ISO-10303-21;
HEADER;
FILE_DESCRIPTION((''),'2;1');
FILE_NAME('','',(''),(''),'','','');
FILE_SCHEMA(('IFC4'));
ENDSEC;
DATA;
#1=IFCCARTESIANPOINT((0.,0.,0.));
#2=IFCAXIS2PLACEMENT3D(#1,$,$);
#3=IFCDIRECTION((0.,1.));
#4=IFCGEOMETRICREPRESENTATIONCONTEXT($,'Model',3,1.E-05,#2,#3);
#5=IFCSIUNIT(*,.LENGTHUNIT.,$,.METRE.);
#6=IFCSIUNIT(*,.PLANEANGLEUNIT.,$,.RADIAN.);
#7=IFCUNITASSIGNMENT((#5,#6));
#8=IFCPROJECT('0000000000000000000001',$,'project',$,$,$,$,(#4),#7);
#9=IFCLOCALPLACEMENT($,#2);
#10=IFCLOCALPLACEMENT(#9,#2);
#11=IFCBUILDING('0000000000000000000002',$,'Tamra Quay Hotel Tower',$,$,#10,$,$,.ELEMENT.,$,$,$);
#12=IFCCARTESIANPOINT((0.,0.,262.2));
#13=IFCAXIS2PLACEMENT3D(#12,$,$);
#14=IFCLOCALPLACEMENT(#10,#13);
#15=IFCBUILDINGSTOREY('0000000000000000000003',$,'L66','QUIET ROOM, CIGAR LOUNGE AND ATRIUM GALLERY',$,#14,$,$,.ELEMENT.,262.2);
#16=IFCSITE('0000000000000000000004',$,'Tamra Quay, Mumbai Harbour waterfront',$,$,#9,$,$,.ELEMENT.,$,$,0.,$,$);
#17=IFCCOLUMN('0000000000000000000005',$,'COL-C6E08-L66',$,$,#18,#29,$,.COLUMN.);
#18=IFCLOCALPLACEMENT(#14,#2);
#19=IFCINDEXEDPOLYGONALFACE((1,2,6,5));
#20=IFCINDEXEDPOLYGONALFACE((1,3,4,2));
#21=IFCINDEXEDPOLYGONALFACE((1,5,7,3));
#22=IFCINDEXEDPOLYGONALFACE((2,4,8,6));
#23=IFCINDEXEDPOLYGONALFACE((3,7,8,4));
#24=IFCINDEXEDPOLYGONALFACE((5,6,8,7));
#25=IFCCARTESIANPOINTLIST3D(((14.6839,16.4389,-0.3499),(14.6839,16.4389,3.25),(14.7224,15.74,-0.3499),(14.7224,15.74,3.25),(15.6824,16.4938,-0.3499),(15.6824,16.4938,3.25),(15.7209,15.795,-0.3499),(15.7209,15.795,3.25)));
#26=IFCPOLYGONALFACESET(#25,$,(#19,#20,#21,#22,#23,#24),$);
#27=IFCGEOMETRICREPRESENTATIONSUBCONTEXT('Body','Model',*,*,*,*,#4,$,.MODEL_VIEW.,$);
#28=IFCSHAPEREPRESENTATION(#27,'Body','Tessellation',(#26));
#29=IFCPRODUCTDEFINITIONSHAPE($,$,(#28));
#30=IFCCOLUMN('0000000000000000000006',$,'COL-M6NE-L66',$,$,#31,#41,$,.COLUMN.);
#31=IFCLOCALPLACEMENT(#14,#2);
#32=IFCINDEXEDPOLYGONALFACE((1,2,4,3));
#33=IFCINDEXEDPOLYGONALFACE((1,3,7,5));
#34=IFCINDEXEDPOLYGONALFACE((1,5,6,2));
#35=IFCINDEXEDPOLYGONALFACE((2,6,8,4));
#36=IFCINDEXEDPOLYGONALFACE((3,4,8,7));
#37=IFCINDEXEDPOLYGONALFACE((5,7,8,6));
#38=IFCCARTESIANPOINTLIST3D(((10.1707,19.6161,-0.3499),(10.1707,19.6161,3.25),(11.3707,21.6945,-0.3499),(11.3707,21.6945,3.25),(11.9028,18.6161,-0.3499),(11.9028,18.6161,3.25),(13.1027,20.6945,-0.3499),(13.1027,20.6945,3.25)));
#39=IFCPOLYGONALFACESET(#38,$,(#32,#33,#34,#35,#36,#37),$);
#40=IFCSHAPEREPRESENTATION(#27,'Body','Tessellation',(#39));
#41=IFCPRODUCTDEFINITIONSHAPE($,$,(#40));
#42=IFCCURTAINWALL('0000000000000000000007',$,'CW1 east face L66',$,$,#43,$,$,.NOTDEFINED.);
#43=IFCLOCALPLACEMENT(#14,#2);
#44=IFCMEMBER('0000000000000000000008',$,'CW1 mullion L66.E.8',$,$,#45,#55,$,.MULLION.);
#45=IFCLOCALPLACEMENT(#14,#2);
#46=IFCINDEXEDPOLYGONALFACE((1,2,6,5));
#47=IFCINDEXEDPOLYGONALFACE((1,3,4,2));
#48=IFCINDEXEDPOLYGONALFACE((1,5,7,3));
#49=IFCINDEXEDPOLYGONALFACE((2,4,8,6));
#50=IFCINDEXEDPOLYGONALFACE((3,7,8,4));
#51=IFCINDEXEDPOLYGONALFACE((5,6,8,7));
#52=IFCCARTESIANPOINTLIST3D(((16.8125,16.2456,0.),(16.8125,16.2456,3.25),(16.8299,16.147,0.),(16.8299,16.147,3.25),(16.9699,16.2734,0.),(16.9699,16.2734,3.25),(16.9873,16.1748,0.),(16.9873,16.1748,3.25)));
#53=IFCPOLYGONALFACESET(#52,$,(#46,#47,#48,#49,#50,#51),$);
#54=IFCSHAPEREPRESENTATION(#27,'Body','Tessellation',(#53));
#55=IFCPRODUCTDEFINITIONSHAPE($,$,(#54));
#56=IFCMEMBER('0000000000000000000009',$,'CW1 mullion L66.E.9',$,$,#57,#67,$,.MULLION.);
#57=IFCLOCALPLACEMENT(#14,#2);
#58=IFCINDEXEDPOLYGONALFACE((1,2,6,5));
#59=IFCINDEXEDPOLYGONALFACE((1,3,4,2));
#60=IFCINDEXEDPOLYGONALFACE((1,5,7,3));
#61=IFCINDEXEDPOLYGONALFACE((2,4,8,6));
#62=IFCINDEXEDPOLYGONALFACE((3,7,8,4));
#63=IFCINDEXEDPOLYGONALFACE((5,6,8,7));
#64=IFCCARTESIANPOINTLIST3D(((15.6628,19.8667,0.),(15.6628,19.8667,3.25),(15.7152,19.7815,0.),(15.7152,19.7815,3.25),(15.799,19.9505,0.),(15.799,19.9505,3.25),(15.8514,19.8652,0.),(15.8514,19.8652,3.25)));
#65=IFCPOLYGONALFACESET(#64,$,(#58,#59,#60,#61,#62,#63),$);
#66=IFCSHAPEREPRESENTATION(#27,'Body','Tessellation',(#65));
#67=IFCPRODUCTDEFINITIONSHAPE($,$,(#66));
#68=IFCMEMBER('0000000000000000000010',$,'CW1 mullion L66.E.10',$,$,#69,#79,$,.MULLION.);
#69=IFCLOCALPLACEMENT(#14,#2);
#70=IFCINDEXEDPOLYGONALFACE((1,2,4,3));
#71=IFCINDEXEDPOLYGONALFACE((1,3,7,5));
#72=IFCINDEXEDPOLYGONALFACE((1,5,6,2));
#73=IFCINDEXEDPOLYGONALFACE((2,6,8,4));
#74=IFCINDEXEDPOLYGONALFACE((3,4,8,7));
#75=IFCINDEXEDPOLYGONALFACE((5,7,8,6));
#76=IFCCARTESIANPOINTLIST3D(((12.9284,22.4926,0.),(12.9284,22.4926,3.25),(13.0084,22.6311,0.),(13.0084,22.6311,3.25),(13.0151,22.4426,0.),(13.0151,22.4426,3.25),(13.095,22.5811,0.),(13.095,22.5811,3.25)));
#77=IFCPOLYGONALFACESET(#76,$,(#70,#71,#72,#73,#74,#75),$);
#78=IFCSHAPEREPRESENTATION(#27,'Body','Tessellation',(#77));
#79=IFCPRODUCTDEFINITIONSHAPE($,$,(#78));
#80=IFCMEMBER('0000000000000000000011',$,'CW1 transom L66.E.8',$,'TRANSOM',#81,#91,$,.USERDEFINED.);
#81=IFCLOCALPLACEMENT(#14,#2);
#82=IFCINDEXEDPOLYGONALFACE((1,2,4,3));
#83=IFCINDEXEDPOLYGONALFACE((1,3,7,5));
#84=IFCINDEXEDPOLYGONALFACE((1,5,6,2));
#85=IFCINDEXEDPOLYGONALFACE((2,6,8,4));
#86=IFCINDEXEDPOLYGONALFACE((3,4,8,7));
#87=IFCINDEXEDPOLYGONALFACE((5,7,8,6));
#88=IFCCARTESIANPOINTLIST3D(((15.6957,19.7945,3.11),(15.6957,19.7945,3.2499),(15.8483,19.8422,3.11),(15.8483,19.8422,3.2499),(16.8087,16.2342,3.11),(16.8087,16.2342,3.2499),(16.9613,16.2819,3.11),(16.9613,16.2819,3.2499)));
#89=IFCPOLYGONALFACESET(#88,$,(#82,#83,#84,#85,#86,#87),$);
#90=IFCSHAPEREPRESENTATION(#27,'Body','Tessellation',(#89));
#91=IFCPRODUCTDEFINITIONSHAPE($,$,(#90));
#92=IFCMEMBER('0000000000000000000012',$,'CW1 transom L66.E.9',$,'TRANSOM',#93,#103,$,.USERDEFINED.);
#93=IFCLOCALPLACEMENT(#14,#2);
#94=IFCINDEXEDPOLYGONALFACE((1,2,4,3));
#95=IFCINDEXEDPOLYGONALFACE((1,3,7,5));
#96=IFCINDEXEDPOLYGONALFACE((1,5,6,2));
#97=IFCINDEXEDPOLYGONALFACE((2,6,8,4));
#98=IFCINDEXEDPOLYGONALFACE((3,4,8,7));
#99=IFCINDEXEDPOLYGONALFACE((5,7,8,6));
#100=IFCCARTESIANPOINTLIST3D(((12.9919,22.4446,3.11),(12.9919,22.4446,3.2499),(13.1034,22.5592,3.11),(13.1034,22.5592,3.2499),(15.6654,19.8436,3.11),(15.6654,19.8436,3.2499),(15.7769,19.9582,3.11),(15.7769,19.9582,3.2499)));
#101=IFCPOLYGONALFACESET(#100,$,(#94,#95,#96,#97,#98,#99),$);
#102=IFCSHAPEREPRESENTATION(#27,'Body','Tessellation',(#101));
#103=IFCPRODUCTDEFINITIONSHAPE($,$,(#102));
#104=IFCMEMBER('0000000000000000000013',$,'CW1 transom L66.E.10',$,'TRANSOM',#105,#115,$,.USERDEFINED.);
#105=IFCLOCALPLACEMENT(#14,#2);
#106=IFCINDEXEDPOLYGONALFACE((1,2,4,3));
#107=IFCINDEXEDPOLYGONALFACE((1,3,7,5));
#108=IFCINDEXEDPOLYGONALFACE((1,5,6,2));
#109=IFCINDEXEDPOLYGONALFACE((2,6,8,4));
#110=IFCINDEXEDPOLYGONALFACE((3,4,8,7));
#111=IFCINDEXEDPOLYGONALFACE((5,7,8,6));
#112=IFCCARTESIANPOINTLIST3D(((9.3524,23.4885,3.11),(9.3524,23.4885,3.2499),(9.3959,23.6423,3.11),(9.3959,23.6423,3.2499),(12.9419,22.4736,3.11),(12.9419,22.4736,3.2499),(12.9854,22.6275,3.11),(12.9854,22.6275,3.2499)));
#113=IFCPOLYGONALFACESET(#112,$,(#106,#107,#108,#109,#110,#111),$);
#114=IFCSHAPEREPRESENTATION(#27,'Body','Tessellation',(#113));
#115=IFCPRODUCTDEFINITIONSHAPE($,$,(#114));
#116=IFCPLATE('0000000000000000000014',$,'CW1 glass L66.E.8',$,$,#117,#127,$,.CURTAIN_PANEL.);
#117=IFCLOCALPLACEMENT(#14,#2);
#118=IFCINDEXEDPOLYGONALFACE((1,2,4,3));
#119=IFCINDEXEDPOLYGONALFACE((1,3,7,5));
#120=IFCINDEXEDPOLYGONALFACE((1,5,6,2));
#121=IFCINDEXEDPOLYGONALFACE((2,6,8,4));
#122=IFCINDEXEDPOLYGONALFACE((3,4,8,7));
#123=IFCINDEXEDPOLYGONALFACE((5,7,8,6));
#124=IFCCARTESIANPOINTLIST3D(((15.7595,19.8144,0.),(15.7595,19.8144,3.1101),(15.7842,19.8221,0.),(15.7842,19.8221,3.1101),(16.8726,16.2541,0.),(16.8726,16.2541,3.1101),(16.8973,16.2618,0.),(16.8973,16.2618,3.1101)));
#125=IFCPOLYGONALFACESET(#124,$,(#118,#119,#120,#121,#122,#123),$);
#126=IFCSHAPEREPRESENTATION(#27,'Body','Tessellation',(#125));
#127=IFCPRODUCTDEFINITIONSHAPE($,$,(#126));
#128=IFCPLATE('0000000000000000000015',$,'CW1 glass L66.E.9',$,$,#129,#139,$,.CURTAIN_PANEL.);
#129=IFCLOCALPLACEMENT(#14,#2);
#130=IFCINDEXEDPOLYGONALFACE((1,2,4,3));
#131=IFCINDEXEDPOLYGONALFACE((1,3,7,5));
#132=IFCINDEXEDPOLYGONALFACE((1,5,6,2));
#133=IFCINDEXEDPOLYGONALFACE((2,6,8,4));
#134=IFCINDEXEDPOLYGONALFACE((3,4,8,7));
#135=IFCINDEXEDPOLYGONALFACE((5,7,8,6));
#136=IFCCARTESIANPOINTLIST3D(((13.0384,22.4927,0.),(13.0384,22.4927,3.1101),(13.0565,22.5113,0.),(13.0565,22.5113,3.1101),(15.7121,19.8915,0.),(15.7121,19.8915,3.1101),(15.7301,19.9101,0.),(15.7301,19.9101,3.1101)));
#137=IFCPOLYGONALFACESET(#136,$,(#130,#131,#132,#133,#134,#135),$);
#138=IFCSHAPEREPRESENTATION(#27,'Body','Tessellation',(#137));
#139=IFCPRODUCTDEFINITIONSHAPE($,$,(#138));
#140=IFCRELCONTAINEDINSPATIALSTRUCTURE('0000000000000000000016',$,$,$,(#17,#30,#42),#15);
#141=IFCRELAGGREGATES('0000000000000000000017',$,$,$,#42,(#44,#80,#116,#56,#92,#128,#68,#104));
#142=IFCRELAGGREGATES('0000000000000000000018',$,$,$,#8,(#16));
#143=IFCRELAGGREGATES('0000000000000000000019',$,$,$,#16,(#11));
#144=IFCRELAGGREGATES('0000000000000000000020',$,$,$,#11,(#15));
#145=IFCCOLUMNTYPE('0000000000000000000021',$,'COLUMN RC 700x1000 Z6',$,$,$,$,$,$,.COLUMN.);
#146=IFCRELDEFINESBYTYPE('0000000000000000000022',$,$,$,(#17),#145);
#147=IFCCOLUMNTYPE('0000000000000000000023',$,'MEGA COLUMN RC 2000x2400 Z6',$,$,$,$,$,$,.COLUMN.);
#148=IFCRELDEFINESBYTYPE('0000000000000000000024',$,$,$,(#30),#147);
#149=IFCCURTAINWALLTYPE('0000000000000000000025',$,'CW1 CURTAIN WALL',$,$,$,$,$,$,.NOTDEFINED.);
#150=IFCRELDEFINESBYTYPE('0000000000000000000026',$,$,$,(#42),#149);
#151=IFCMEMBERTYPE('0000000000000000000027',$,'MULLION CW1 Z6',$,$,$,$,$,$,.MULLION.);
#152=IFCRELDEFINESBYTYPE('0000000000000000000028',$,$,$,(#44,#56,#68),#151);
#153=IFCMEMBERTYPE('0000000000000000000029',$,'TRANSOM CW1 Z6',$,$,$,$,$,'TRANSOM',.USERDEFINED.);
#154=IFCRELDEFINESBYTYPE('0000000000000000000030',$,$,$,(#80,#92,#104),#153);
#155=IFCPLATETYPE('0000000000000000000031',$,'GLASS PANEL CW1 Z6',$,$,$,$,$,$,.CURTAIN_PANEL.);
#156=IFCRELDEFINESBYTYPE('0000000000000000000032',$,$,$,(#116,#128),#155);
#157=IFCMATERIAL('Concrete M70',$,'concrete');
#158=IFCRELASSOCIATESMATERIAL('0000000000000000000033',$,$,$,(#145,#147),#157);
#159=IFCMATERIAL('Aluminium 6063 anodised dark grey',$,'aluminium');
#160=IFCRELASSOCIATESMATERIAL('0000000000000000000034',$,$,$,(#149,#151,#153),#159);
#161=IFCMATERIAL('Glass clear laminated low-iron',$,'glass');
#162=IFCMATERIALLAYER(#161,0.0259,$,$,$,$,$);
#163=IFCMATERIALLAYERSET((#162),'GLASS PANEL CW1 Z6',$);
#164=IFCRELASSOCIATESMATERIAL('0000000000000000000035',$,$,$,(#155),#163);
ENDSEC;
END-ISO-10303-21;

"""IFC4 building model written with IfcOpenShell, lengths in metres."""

from ifc_helpers import new_model, si_unit, direction, frame, origin, origin_2d, place, context, subcontext, project, spatial, rectangle, extrude, material, layer, layer_set, material_profile, profile_set, type_object, element, aggregate, save


model = new_model("IFC4")

# Units and contexts
model_context = context("Model", 3, precision=1e-05, world=origin(), true_north=direction((0.0, 1.0)))
body_context = subcontext(model_context, "Body", "Model", "MODEL_VIEW")
ifc_project = project(units=[si_unit("LENGTHUNIT", "METRE"), si_unit("PLANEANGLEUNIT", "RADIAN")], contexts=[model_context])

# Site, building, storey
site_placement = place(None, origin())
site = spatial("IfcSite", under=ifc_project, at=site_placement, Name="Tamra Quay, Mumbai Harbour waterfront", CompositionType="ELEMENT", RefElevation=0.0)
building_placement = place(site_placement, origin())
building = spatial("IfcBuilding", under=site, at=building_placement, Name="Tamra Quay Hotel Tower", CompositionType="ELEMENT")
storey_placement = place(building_placement, frame((0.0, 0.0, 262.2)))
storey = spatial("IfcBuildingStorey", under=building, at=storey_placement, Name="L66", Description="QUIET ROOM, CIGAR LOUNGE AND ATRIUM GALLERY", CompositionType="ELEMENT", Elevation=262.2)

# Columns
ifc_material_1 = material(Name="Concrete M70", Category="concrete")
ifc_material_profile_1 = material_profile(ifc_material_1, rectangle(XDim=1.0, YDim=0.7, at=origin_2d()), Name="COLUMN RC 700x1000 Z6")
ifc_profile_set_1 = profile_set([ifc_material_profile_1], Name="Concrete M70")
column_type_1 = type_object("IfcColumnType", Name="COLUMN RC 700x1000 Z6", PredefinedType="COLUMN", material=ifc_profile_set_1)
column_1_placement = place(storey_placement, frame((15.2024, 16.1169, -0.3499), z_axis=(0.0, 0.0, 1.0), x_axis=(0.998491, 0.054917, 0.0)))
element("IfcColumn", 1, at=column_1_placement, inside=storey, type_object=column_type_1, Name="COL-C6E08-L66", PredefinedType="COLUMN", context=body_context, shape_type="SweptSolid", body=[
    extrude(rectangle(XDim=1.0, YDim=0.7, at=origin_2d()), origin(), (0.0, 0.0, 1.0), 3.5999),
])
ifc_material_profile_2 = material_profile(ifc_material_1, rectangle(XDim=2.3999, YDim=2.0, at=origin_2d()), Name="MEGA COLUMN RC 2000x2400 Z6")
ifc_profile_set_2 = profile_set([ifc_material_profile_2], Name="Concrete M70")
column_type_2 = type_object("IfcColumnType", Name="MEGA COLUMN RC 2000x2400 Z6", PredefinedType="COLUMN", material=ifc_profile_set_2)
column_2_placement = place(storey_placement, frame((11.6367, 20.1553, -0.3499), z_axis=(0.0, 0.0, 1.0), x_axis=(0.5, 0.866025, 0.0)))
element("IfcColumn", 2, at=column_2_placement, inside=storey, type_object=column_type_2, Name="COL-M6NE-L66", PredefinedType="COLUMN", context=body_context, shape_type="SweptSolid", body=[
    extrude(rectangle(XDim=2.3999, YDim=2.0, at=origin_2d()), origin(), (0.0, 0.0, 1.0), 3.5999),
])

# Curtain wall, members, plates
ifc_material_2 = material(Name="Aluminium 6063 anodised dark grey", Category="aluminium")
curtain_wall_type = type_object("IfcCurtainWallType", Name="CW1 CURTAIN WALL", PredefinedType="NOTDEFINED", material=ifc_material_2)
curtain_wall_placement = place(storey_placement, origin())
curtain_wall = element("IfcCurtainWall", 3, at=curtain_wall_placement, inside=storey, type_object=curtain_wall_type, Name="CW1 east face L66", PredefinedType="NOTDEFINED")
ifc_material_profile_3 = material_profile(ifc_material_2, rectangle(XDim=0.1599, YDim=0.1001, at=origin_2d()), Name="MULLION 100X160")
ifc_profile_set_3 = profile_set([ifc_material_profile_3], Name="Aluminium 6063 anodised dark grey")
member_type_1 = type_object("IfcMemberType", Name="MULLION CW1 Z6", PredefinedType="MULLION", material=ifc_profile_set_3)
member_1_placement = place(storey_placement, frame((16.8999, 16.2102, 0.0), z_axis=(0.0, 0.0, 1.0), x_axis=(0.98474, 0.174032, 0.0)))
member_1 = element("IfcMember", 4, at=member_1_placement, type_object=member_type_1, Name="CW1 mullion L66.E.8", PredefinedType="MULLION", context=body_context, shape_type="SweptSolid", body=[
    extrude(rectangle(XDim=0.1599, YDim=0.1001, at=origin_2d()), origin(), (0.0, 0.0, 1.0), 3.25),
])
member_2_placement = place(storey_placement, frame((15.7571, 19.866, 0.0), z_axis=(0.0, 0.0, 1.0), x_axis=(0.851964, 0.5236, 0.0)))
member_2 = element("IfcMember", 5, at=member_2_placement, type_object=member_type_1, Name="CW1 mullion L66.E.9", PredefinedType="MULLION", context=body_context, shape_type="SweptSolid", body=[
    extrude(rectangle(XDim=0.1599, YDim=0.1001, at=origin_2d()), origin(), (0.0, 0.0, 1.0), 3.25),
])
member_3_placement = place(storey_placement, frame((13.0117, 22.5369, 0.0), z_axis=(0.0, 0.0, 1.0), x_axis=(0.5, 0.866025, 0.0)))
member_3 = element("IfcMember", 6, at=member_3_placement, type_object=member_type_1, Name="CW1 mullion L66.E.10", PredefinedType="MULLION", context=body_context, shape_type="SweptSolid", body=[
    extrude(rectangle(XDim=0.1599, YDim=0.1001, at=origin_2d()), origin(), (0.0, 0.0, 1.0), 3.25),
])
ifc_material_profile_4 = material_profile(ifc_material_2, rectangle(XDim=0.1599, YDim=0.1399, at=origin_2d()), Name="TRANSOM 160X140")
ifc_profile_set_4 = profile_set([ifc_material_profile_4], Name="Aluminium 6063 anodised dark grey")
member_type_2 = type_object("IfcMemberType", Name="TRANSOM CW1 Z6", ElementType="TRANSOM", PredefinedType="USERDEFINED", material=ifc_profile_set_4)
member_4_placement = place(storey_placement, frame((16.885, 16.2581, 3.1799), z_axis=(-0.298383, 0.954446, 0.0), x_axis=(-0.954446, -0.298383, 0.0)))
member_4 = element("IfcMember", 7, at=member_4_placement, type_object=member_type_2, Name="CW1 transom L66.E.8", ObjectType="TRANSOM", PredefinedType="USERDEFINED", context=body_context, shape_type="SweptSolid", body=[
    extrude(rectangle(XDim=0.1599, YDim=0.1399, at=origin_2d()), origin(), (0.0, 0.0, 1.0), 3.7302),
])
member_5_placement = place(storey_placement, frame((15.7212, 19.9009, 3.1799), z_axis=(-0.71676, 0.69732, 0.0), x_axis=(-0.69732, -0.71676, 0.0)))
member_5 = element("IfcMember", 8, at=member_5_placement, type_object=member_type_2, Name="CW1 transom L66.E.9", ObjectType="TRANSOM", PredefinedType="USERDEFINED", context=body_context, shape_type="SweptSolid", body=[
    extrude(rectangle(XDim=0.1599, YDim=0.1399, at=origin_2d()), origin(), (0.0, 0.0, 1.0), 3.73),
])
member_6_placement = place(storey_placement, frame((12.9636, 22.5505, 3.1799), z_axis=(-0.962278, 0.272066, 0.0), x_axis=(-0.272066, -0.962278, 0.0)))
member_6 = element("IfcMember", 9, at=member_6_placement, type_object=member_type_2, Name="CW1 transom L66.E.10", ObjectType="TRANSOM", PredefinedType="USERDEFINED", context=body_context, shape_type="SweptSolid", body=[
    extrude(rectangle(XDim=0.1599, YDim=0.1399, at=origin_2d()), origin(), (0.0, 0.0, 1.0), 3.7302),
])
ifc_material_3 = material(Name="Glass clear laminated low-iron", Category="glass")
ifc_layer_1 = layer(ifc_material_3, 0.0259)
ifc_layer_set_1 = layer_set([ifc_layer_1], Name="GLASS PANEL CW1 Z6")
plate_type = type_object("IfcPlateType", Name="GLASS PANEL CW1 Z6", PredefinedType="CURTAIN_PANEL", material=ifc_layer_set_1)
plate_1_placement = place(storey_placement, frame((16.3284, 18.0381, 0.0), z_axis=(0.0, 0.0, 1.0), x_axis=(-0.298392, 0.954443, 0.0)))
plate_1 = element("IfcPlate", 10, at=plate_1_placement, type_object=plate_type, Name="CW1 glass L66.E.8", PredefinedType="CURTAIN_PANEL", context=body_context, shape_type="SweptSolid", body=[
    extrude(rectangle(XDim=3.7302, YDim=0.0259, at=origin_2d()), origin(), (0.0, 0.0, 1.0), 3.1101),
])
plate_2_placement = place(storey_placement, frame((14.3843, 21.2014, 0.0), z_axis=(0.0, 0.0, 1.0), x_axis=(-0.716753, 0.697327, 0.0)))
plate_2 = element("IfcPlate", 11, at=plate_2_placement, type_object=plate_type, Name="CW1 glass L66.E.9", PredefinedType="CURTAIN_PANEL", context=body_context, shape_type="SweptSolid", body=[
    extrude(rectangle(XDim=3.7302, YDim=0.0259, at=origin_2d()), origin(), (0.0, 0.0, 1.0), 3.1101),
])
aggregate(curtain_wall, [member_1, member_4, plate_1, member_2, member_5, plate_2, member_3, member_6])

save(model, "model.ifc")
